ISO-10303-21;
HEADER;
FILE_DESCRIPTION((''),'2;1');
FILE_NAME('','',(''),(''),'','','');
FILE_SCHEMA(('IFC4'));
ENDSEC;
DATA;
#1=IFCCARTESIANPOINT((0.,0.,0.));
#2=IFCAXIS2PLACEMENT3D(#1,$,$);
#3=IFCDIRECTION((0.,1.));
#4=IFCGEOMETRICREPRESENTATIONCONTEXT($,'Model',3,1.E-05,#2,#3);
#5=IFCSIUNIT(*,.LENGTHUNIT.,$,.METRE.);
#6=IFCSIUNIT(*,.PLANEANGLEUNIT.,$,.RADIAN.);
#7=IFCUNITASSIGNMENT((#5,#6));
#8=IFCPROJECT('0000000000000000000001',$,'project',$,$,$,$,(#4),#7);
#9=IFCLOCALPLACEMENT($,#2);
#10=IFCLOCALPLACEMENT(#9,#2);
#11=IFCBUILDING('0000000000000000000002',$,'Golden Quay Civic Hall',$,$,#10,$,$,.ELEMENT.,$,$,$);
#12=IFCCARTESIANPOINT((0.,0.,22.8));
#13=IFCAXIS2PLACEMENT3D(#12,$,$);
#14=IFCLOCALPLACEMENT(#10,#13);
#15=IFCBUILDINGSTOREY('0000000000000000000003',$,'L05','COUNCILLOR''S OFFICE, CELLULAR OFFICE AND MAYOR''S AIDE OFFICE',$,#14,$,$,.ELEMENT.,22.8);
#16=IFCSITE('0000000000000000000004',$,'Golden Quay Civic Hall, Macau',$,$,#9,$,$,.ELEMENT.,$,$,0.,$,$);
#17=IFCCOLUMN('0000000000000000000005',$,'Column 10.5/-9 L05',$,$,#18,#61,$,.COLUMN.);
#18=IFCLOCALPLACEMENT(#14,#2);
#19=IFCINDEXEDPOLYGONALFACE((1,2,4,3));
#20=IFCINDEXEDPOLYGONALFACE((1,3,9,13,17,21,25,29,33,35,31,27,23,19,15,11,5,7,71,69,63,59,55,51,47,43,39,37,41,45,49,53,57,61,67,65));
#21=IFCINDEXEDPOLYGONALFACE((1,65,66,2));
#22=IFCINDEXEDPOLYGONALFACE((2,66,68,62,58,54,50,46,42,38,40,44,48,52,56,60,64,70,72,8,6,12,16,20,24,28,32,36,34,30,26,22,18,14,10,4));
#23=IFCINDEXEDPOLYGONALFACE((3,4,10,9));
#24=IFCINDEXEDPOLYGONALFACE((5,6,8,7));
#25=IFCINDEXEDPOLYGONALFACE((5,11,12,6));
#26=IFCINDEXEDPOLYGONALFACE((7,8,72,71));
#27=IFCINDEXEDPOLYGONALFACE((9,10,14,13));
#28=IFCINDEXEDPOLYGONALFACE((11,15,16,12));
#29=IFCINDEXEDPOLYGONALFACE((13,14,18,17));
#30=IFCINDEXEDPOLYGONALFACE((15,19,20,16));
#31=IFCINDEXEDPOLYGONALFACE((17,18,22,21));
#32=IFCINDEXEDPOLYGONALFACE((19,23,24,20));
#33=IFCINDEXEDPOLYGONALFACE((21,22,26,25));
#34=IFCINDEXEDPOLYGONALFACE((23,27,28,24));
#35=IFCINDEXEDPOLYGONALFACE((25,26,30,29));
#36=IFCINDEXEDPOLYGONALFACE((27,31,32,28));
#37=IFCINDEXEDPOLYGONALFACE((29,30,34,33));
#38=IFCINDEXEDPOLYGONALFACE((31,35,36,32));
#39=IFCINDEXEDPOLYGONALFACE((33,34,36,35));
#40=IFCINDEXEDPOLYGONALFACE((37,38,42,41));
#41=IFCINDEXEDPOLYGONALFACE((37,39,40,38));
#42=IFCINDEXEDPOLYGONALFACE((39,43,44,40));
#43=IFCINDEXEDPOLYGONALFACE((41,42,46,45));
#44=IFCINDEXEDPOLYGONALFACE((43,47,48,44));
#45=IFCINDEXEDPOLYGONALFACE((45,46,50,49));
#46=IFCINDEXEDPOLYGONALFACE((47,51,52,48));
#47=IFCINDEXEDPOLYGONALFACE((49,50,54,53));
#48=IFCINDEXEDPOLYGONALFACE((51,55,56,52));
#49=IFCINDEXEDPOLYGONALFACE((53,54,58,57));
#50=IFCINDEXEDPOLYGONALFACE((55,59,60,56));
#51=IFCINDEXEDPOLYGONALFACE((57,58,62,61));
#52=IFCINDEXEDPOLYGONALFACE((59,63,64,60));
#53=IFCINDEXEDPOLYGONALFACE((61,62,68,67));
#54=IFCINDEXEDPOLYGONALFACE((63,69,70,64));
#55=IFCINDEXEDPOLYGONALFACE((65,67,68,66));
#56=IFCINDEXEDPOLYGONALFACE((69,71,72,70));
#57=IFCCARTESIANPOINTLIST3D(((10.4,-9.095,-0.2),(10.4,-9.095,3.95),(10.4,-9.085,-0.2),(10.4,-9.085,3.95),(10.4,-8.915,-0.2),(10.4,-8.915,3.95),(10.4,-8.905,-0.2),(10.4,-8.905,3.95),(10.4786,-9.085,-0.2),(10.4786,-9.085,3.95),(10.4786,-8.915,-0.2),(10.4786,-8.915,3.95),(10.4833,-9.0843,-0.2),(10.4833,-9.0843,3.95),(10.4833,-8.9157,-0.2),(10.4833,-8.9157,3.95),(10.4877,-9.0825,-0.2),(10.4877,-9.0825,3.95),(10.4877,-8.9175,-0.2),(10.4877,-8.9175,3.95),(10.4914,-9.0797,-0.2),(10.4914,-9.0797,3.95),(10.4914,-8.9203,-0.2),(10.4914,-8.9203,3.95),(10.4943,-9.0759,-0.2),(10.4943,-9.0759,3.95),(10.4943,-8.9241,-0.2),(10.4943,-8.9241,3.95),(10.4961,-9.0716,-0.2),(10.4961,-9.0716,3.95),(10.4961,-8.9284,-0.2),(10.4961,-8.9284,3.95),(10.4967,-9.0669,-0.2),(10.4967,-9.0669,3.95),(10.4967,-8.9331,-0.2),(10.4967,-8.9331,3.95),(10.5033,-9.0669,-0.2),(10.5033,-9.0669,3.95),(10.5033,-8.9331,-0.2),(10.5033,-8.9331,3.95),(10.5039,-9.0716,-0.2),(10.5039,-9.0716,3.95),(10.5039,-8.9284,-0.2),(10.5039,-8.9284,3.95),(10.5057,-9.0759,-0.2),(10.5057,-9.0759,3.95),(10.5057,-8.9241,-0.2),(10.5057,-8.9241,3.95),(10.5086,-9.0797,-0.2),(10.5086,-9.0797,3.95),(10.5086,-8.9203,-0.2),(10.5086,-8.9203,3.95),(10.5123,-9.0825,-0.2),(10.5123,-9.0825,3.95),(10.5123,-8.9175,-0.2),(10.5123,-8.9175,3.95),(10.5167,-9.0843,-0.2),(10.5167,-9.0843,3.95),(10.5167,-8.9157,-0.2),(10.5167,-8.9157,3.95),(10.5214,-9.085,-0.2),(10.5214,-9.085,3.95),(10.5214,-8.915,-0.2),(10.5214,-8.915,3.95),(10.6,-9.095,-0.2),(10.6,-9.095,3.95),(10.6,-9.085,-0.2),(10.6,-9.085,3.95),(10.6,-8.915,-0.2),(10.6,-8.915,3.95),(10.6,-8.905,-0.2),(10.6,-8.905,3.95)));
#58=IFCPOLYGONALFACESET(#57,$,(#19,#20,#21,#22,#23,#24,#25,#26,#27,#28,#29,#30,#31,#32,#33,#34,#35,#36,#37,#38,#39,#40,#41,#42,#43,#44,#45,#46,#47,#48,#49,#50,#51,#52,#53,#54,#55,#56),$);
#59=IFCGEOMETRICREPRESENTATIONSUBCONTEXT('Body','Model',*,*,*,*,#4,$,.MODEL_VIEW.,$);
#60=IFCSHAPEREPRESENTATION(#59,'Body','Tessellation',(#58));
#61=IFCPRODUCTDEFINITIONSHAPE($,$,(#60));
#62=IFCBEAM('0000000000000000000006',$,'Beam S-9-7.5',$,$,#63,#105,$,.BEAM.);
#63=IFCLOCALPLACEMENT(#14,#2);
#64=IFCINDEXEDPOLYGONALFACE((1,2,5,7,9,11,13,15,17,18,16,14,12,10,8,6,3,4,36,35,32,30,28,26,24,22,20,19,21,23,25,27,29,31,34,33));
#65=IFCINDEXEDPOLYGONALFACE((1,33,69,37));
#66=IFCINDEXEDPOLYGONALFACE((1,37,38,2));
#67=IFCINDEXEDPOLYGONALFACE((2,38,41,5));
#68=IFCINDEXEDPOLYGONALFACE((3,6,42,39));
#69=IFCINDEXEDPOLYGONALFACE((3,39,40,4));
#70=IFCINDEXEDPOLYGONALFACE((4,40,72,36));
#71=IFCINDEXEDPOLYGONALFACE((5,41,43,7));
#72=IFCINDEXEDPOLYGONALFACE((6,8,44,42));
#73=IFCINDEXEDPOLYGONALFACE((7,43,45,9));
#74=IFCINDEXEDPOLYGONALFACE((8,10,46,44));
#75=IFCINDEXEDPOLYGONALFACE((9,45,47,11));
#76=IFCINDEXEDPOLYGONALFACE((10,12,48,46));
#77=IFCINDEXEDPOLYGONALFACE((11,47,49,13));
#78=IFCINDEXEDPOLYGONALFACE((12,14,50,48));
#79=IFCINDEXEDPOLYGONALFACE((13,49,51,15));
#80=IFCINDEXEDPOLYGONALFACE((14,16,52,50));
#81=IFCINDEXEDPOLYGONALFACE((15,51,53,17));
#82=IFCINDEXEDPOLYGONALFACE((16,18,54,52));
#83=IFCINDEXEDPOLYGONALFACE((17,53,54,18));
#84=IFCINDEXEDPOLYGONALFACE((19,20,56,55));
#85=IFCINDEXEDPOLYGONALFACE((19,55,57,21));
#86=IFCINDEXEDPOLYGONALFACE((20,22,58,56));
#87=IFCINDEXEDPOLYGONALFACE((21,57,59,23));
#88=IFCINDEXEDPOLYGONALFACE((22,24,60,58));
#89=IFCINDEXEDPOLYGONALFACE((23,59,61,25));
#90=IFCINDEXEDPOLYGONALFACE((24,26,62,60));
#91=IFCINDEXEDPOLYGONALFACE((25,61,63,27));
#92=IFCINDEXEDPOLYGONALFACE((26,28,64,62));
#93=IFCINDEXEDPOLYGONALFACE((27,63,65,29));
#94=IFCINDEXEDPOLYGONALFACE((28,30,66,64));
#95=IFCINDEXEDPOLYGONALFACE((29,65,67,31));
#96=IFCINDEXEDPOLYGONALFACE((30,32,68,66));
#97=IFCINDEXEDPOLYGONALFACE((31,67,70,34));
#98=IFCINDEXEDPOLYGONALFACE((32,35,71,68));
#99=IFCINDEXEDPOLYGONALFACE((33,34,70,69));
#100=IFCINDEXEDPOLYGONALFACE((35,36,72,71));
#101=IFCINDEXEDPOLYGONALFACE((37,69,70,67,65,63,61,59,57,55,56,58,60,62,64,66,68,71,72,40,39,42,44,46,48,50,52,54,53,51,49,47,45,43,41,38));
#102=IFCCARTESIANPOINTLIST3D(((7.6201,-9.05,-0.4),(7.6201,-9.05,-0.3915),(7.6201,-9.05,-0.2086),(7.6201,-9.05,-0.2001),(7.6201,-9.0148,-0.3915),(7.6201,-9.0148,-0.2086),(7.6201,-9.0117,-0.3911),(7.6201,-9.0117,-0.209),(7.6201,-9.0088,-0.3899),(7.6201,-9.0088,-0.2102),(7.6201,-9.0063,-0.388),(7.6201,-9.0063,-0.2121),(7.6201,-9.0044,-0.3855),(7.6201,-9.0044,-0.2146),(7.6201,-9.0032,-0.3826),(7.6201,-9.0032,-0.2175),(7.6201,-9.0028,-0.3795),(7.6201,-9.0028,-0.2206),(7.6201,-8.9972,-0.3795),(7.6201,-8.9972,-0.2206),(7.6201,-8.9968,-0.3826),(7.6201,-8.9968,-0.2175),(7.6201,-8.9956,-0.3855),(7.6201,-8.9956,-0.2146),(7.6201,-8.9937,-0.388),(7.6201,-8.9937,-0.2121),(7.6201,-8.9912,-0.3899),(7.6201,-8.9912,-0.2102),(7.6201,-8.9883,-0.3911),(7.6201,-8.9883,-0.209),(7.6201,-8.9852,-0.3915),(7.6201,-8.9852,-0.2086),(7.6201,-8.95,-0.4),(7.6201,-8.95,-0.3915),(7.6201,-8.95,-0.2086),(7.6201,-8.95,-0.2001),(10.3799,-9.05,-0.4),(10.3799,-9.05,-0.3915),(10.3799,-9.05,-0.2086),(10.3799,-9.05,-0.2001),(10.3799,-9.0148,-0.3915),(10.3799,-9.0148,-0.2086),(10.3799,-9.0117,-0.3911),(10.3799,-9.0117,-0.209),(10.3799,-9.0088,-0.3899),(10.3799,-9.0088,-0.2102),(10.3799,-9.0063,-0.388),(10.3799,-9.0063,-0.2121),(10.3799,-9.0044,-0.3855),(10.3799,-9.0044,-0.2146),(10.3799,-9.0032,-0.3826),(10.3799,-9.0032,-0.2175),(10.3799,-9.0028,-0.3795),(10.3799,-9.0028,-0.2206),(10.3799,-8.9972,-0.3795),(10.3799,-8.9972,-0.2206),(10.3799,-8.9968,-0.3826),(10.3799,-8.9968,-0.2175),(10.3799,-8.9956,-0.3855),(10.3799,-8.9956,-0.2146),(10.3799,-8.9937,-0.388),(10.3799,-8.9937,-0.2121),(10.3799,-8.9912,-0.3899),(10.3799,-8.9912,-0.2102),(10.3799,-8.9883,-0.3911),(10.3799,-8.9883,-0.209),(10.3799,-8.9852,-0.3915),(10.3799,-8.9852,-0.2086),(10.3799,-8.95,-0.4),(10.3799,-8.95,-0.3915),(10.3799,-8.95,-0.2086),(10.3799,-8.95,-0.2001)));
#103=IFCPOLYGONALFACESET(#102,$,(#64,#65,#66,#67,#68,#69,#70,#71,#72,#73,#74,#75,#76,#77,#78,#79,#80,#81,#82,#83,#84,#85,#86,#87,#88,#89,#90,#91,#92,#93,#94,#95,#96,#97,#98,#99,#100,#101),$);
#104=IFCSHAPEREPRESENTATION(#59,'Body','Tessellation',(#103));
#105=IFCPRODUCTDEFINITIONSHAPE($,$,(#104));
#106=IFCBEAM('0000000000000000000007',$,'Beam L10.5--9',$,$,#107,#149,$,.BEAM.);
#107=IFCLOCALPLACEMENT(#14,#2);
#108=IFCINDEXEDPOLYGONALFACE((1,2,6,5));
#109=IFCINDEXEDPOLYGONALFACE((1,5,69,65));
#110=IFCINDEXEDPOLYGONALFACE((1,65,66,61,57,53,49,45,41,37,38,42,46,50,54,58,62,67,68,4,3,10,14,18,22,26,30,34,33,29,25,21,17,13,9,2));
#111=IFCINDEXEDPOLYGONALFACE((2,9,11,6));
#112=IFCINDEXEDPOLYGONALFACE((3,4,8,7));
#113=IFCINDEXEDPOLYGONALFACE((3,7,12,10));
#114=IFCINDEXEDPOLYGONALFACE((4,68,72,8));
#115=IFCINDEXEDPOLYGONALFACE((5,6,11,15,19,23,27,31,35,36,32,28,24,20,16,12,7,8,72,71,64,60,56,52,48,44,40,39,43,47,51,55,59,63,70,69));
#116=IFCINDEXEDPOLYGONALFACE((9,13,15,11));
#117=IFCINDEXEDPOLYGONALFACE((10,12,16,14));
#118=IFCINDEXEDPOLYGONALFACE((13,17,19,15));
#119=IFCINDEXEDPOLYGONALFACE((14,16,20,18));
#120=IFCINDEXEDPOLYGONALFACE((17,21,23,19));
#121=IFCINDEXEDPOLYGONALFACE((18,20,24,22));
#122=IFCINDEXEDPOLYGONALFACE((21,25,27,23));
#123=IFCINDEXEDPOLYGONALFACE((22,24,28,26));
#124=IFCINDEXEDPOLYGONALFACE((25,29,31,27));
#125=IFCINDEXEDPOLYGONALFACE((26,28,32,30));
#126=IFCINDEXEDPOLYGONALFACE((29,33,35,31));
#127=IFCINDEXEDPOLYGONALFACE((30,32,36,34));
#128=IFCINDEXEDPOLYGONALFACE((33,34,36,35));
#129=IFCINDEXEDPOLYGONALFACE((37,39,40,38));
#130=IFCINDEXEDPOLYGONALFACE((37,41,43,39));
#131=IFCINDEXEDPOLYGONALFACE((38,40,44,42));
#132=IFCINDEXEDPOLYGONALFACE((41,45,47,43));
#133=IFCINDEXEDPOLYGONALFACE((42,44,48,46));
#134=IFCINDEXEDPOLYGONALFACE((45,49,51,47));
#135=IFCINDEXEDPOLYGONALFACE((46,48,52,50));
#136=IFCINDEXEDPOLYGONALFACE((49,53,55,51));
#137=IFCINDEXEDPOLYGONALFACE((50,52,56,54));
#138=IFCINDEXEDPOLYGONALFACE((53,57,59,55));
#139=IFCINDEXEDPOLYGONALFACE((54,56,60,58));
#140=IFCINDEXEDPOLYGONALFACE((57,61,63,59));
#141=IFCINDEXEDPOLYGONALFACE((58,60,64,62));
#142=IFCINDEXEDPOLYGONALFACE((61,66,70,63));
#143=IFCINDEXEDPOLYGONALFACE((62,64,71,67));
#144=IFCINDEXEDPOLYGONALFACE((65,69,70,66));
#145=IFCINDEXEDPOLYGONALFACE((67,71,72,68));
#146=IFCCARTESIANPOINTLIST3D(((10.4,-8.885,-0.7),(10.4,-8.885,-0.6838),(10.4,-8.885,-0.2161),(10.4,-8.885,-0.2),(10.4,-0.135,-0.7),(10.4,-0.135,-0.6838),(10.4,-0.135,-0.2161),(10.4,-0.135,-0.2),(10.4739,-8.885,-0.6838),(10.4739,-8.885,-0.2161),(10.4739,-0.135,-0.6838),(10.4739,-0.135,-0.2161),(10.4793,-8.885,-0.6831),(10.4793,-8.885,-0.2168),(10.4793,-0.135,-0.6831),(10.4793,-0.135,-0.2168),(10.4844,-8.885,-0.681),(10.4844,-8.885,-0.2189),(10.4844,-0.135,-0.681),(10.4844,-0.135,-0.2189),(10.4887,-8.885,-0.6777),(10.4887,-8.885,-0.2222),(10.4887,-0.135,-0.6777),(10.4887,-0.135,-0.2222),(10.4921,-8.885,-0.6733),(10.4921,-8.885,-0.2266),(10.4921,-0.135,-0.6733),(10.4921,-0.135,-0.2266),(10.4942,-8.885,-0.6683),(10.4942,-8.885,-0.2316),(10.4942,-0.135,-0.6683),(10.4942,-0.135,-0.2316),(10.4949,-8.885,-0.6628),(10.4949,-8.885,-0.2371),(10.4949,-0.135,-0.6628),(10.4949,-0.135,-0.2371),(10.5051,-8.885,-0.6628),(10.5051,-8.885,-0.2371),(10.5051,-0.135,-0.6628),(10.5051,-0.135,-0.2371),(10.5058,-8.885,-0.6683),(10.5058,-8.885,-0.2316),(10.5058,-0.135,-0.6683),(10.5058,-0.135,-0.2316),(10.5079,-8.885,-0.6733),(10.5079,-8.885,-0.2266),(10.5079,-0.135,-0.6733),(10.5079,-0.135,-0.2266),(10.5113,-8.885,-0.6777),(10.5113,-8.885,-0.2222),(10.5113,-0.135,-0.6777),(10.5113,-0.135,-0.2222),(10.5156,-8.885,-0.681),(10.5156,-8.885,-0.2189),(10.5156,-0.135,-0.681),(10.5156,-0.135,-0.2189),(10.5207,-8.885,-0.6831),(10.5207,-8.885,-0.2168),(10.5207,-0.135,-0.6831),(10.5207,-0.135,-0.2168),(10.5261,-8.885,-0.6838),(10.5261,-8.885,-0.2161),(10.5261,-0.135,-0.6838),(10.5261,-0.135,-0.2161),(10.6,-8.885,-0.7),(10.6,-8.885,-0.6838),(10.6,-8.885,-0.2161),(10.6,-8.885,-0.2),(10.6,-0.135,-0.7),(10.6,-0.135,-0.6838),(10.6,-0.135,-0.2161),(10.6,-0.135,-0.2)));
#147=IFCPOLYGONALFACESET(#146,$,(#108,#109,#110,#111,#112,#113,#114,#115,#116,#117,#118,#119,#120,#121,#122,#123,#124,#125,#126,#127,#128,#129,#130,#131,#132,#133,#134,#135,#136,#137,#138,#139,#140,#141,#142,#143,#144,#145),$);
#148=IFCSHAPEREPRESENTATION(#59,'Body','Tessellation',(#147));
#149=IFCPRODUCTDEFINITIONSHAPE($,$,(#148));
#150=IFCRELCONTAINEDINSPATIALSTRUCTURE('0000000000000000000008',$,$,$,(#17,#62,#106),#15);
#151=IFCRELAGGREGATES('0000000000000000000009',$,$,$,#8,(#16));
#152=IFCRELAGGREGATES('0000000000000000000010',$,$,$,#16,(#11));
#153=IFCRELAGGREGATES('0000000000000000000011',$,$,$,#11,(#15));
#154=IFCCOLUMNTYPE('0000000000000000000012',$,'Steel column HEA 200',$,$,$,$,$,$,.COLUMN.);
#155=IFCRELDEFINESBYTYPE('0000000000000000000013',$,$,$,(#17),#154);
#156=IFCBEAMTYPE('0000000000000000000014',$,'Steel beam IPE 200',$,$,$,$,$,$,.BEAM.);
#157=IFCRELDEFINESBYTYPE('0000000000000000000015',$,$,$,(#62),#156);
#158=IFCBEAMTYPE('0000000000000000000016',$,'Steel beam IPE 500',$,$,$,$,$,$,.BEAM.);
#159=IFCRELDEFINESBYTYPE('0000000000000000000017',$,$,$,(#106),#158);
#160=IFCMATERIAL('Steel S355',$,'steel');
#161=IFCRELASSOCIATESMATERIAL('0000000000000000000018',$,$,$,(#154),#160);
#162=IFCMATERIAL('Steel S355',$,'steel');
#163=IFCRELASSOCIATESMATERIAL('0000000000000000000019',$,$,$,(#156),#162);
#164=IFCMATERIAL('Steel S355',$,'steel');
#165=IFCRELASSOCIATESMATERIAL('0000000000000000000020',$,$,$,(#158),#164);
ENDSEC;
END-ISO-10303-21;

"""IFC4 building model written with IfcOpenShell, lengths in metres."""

from ifc_helpers import new_model, si_unit, direction, frame, origin, origin_2d, place, context, subcontext, project, spatial, i_section, extrude, material, material_profile, profile_set, type_object, element, save


model = new_model("IFC4")

# Units and contexts
model_context = context("Model", 3, precision=1e-05, world=origin(), true_north=direction((0.0, 1.0)))
body_context = subcontext(model_context, "Body", "Model", "MODEL_VIEW")
ifc_project = project(units=[si_unit("LENGTHUNIT", "METRE"), si_unit("PLANEANGLEUNIT", "RADIAN")], contexts=[model_context])

# Site, building, storey
site_placement = place(None, origin())
site = spatial("IfcSite", under=ifc_project, at=site_placement, Name="Golden Quay Civic Hall, Macau", CompositionType="ELEMENT", RefElevation=0.0)
building_placement = place(site_placement, origin())
building = spatial("IfcBuilding", under=site, at=building_placement, Name="Golden Quay Civic Hall", CompositionType="ELEMENT")
storey_placement = place(building_placement, frame((0.0, 0.0, 22.8)))
storey = spatial("IfcBuildingStorey", under=building, at=storey_placement, Name="L05", Description="COUNCILLOR'S OFFICE, CELLULAR OFFICE AND MAYOR'S AIDE OFFICE", CompositionType="ELEMENT", Elevation=22.8)

# Column
ifc_material_1 = material(Name="Steel S355", Category="steel")
ifc_material_profile_1 = material_profile(ifc_material_1, i_section(OverallWidth=0.2, OverallDepth=0.1899, WebThickness=0.0066, FlangeThickness=0.01, FilletRadius=0.0181, at=origin_2d()), Name="HEA 200")
ifc_profile_set_1 = profile_set([ifc_material_profile_1], Name="Steel S355")
column_type = type_object("IfcColumnType", Name="Steel column HEA 200", PredefinedType="COLUMN", material=ifc_profile_set_1)
column_placement = place(storey_placement, frame((10.5, -9.0, -0.2), z_axis=(0.0, 0.0, 1.0), x_axis=(1.0, 0.0, 0.0)))
element("IfcColumn", 1, at=column_placement, inside=storey, type_object=column_type, Name="Column 10.5/-9 L05", PredefinedType="COLUMN", context=body_context, shape_type="SweptSolid", body=[
    extrude(i_section(OverallWidth=0.2, OverallDepth=0.1899, WebThickness=0.0066, FlangeThickness=0.01, FilletRadius=0.0181, at=origin_2d()), origin(), (0.0, 0.0, 1.0), 4.1499),
])

# Beams
ifc_material_2 = material(Name="Steel S355", Category="steel")
ifc_material_profile_2 = material_profile(ifc_material_2, i_section(OverallWidth=0.1001, OverallDepth=0.2, WebThickness=0.0056, FlangeThickness=0.0085, FilletRadius=0.012, at=origin_2d()), Name="IPE 200")
ifc_profile_set_2 = profile_set([ifc_material_profile_2], Name="Steel S355")
beam_type_1 = type_object("IfcBeamType", Name="Steel beam IPE 200", PredefinedType="BEAM", material=ifc_profile_set_2)
beam_1_placement = place(storey_placement, frame((7.6201, -9.0, -0.3), z_axis=(1.0, 0.0, 0.0), x_axis=(0.0, 1.0, 0.0)))
element("IfcBeam", 2, at=beam_1_placement, inside=storey, type_object=beam_type_1, Name="Beam S-9-7.5", PredefinedType="BEAM", context=body_context, shape_type="SweptSolid", body=[
    extrude(i_section(OverallWidth=0.1001, OverallDepth=0.2, WebThickness=0.0056, FlangeThickness=0.0085, FilletRadius=0.012, at=origin_2d()), origin(), (0.0, 0.0, 1.0), 2.7598),
])
ifc_material_3 = material(Name="Steel S355", Category="steel")
ifc_material_profile_3 = material_profile(ifc_material_3, i_section(OverallWidth=0.2, OverallDepth=0.5, WebThickness=0.0103, FlangeThickness=0.0161, FilletRadius=0.021, at=origin_2d()), Name="IPE 500")
ifc_profile_set_3 = profile_set([ifc_material_profile_3], Name="Steel S355")
beam_type_2 = type_object("IfcBeamType", Name="Steel beam IPE 500", PredefinedType="BEAM", material=ifc_profile_set_3)
beam_2_placement = place(storey_placement, frame((10.5, -8.885, -0.45), z_axis=(0.0, 1.0, 0.0), x_axis=(-1.0, 0.0, 0.0)))
element("IfcBeam", 3, at=beam_2_placement, inside=storey, type_object=beam_type_2, Name="Beam L10.5--9", PredefinedType="BEAM", context=body_context, shape_type="SweptSolid", body=[
    extrude(i_section(OverallWidth=0.2, OverallDepth=0.5, WebThickness=0.0103, FlangeThickness=0.0161, FilletRadius=0.021, at=origin_2d()), origin(), (0.0, 0.0, 1.0), 8.75),
])

save(model, "model.ifc")
